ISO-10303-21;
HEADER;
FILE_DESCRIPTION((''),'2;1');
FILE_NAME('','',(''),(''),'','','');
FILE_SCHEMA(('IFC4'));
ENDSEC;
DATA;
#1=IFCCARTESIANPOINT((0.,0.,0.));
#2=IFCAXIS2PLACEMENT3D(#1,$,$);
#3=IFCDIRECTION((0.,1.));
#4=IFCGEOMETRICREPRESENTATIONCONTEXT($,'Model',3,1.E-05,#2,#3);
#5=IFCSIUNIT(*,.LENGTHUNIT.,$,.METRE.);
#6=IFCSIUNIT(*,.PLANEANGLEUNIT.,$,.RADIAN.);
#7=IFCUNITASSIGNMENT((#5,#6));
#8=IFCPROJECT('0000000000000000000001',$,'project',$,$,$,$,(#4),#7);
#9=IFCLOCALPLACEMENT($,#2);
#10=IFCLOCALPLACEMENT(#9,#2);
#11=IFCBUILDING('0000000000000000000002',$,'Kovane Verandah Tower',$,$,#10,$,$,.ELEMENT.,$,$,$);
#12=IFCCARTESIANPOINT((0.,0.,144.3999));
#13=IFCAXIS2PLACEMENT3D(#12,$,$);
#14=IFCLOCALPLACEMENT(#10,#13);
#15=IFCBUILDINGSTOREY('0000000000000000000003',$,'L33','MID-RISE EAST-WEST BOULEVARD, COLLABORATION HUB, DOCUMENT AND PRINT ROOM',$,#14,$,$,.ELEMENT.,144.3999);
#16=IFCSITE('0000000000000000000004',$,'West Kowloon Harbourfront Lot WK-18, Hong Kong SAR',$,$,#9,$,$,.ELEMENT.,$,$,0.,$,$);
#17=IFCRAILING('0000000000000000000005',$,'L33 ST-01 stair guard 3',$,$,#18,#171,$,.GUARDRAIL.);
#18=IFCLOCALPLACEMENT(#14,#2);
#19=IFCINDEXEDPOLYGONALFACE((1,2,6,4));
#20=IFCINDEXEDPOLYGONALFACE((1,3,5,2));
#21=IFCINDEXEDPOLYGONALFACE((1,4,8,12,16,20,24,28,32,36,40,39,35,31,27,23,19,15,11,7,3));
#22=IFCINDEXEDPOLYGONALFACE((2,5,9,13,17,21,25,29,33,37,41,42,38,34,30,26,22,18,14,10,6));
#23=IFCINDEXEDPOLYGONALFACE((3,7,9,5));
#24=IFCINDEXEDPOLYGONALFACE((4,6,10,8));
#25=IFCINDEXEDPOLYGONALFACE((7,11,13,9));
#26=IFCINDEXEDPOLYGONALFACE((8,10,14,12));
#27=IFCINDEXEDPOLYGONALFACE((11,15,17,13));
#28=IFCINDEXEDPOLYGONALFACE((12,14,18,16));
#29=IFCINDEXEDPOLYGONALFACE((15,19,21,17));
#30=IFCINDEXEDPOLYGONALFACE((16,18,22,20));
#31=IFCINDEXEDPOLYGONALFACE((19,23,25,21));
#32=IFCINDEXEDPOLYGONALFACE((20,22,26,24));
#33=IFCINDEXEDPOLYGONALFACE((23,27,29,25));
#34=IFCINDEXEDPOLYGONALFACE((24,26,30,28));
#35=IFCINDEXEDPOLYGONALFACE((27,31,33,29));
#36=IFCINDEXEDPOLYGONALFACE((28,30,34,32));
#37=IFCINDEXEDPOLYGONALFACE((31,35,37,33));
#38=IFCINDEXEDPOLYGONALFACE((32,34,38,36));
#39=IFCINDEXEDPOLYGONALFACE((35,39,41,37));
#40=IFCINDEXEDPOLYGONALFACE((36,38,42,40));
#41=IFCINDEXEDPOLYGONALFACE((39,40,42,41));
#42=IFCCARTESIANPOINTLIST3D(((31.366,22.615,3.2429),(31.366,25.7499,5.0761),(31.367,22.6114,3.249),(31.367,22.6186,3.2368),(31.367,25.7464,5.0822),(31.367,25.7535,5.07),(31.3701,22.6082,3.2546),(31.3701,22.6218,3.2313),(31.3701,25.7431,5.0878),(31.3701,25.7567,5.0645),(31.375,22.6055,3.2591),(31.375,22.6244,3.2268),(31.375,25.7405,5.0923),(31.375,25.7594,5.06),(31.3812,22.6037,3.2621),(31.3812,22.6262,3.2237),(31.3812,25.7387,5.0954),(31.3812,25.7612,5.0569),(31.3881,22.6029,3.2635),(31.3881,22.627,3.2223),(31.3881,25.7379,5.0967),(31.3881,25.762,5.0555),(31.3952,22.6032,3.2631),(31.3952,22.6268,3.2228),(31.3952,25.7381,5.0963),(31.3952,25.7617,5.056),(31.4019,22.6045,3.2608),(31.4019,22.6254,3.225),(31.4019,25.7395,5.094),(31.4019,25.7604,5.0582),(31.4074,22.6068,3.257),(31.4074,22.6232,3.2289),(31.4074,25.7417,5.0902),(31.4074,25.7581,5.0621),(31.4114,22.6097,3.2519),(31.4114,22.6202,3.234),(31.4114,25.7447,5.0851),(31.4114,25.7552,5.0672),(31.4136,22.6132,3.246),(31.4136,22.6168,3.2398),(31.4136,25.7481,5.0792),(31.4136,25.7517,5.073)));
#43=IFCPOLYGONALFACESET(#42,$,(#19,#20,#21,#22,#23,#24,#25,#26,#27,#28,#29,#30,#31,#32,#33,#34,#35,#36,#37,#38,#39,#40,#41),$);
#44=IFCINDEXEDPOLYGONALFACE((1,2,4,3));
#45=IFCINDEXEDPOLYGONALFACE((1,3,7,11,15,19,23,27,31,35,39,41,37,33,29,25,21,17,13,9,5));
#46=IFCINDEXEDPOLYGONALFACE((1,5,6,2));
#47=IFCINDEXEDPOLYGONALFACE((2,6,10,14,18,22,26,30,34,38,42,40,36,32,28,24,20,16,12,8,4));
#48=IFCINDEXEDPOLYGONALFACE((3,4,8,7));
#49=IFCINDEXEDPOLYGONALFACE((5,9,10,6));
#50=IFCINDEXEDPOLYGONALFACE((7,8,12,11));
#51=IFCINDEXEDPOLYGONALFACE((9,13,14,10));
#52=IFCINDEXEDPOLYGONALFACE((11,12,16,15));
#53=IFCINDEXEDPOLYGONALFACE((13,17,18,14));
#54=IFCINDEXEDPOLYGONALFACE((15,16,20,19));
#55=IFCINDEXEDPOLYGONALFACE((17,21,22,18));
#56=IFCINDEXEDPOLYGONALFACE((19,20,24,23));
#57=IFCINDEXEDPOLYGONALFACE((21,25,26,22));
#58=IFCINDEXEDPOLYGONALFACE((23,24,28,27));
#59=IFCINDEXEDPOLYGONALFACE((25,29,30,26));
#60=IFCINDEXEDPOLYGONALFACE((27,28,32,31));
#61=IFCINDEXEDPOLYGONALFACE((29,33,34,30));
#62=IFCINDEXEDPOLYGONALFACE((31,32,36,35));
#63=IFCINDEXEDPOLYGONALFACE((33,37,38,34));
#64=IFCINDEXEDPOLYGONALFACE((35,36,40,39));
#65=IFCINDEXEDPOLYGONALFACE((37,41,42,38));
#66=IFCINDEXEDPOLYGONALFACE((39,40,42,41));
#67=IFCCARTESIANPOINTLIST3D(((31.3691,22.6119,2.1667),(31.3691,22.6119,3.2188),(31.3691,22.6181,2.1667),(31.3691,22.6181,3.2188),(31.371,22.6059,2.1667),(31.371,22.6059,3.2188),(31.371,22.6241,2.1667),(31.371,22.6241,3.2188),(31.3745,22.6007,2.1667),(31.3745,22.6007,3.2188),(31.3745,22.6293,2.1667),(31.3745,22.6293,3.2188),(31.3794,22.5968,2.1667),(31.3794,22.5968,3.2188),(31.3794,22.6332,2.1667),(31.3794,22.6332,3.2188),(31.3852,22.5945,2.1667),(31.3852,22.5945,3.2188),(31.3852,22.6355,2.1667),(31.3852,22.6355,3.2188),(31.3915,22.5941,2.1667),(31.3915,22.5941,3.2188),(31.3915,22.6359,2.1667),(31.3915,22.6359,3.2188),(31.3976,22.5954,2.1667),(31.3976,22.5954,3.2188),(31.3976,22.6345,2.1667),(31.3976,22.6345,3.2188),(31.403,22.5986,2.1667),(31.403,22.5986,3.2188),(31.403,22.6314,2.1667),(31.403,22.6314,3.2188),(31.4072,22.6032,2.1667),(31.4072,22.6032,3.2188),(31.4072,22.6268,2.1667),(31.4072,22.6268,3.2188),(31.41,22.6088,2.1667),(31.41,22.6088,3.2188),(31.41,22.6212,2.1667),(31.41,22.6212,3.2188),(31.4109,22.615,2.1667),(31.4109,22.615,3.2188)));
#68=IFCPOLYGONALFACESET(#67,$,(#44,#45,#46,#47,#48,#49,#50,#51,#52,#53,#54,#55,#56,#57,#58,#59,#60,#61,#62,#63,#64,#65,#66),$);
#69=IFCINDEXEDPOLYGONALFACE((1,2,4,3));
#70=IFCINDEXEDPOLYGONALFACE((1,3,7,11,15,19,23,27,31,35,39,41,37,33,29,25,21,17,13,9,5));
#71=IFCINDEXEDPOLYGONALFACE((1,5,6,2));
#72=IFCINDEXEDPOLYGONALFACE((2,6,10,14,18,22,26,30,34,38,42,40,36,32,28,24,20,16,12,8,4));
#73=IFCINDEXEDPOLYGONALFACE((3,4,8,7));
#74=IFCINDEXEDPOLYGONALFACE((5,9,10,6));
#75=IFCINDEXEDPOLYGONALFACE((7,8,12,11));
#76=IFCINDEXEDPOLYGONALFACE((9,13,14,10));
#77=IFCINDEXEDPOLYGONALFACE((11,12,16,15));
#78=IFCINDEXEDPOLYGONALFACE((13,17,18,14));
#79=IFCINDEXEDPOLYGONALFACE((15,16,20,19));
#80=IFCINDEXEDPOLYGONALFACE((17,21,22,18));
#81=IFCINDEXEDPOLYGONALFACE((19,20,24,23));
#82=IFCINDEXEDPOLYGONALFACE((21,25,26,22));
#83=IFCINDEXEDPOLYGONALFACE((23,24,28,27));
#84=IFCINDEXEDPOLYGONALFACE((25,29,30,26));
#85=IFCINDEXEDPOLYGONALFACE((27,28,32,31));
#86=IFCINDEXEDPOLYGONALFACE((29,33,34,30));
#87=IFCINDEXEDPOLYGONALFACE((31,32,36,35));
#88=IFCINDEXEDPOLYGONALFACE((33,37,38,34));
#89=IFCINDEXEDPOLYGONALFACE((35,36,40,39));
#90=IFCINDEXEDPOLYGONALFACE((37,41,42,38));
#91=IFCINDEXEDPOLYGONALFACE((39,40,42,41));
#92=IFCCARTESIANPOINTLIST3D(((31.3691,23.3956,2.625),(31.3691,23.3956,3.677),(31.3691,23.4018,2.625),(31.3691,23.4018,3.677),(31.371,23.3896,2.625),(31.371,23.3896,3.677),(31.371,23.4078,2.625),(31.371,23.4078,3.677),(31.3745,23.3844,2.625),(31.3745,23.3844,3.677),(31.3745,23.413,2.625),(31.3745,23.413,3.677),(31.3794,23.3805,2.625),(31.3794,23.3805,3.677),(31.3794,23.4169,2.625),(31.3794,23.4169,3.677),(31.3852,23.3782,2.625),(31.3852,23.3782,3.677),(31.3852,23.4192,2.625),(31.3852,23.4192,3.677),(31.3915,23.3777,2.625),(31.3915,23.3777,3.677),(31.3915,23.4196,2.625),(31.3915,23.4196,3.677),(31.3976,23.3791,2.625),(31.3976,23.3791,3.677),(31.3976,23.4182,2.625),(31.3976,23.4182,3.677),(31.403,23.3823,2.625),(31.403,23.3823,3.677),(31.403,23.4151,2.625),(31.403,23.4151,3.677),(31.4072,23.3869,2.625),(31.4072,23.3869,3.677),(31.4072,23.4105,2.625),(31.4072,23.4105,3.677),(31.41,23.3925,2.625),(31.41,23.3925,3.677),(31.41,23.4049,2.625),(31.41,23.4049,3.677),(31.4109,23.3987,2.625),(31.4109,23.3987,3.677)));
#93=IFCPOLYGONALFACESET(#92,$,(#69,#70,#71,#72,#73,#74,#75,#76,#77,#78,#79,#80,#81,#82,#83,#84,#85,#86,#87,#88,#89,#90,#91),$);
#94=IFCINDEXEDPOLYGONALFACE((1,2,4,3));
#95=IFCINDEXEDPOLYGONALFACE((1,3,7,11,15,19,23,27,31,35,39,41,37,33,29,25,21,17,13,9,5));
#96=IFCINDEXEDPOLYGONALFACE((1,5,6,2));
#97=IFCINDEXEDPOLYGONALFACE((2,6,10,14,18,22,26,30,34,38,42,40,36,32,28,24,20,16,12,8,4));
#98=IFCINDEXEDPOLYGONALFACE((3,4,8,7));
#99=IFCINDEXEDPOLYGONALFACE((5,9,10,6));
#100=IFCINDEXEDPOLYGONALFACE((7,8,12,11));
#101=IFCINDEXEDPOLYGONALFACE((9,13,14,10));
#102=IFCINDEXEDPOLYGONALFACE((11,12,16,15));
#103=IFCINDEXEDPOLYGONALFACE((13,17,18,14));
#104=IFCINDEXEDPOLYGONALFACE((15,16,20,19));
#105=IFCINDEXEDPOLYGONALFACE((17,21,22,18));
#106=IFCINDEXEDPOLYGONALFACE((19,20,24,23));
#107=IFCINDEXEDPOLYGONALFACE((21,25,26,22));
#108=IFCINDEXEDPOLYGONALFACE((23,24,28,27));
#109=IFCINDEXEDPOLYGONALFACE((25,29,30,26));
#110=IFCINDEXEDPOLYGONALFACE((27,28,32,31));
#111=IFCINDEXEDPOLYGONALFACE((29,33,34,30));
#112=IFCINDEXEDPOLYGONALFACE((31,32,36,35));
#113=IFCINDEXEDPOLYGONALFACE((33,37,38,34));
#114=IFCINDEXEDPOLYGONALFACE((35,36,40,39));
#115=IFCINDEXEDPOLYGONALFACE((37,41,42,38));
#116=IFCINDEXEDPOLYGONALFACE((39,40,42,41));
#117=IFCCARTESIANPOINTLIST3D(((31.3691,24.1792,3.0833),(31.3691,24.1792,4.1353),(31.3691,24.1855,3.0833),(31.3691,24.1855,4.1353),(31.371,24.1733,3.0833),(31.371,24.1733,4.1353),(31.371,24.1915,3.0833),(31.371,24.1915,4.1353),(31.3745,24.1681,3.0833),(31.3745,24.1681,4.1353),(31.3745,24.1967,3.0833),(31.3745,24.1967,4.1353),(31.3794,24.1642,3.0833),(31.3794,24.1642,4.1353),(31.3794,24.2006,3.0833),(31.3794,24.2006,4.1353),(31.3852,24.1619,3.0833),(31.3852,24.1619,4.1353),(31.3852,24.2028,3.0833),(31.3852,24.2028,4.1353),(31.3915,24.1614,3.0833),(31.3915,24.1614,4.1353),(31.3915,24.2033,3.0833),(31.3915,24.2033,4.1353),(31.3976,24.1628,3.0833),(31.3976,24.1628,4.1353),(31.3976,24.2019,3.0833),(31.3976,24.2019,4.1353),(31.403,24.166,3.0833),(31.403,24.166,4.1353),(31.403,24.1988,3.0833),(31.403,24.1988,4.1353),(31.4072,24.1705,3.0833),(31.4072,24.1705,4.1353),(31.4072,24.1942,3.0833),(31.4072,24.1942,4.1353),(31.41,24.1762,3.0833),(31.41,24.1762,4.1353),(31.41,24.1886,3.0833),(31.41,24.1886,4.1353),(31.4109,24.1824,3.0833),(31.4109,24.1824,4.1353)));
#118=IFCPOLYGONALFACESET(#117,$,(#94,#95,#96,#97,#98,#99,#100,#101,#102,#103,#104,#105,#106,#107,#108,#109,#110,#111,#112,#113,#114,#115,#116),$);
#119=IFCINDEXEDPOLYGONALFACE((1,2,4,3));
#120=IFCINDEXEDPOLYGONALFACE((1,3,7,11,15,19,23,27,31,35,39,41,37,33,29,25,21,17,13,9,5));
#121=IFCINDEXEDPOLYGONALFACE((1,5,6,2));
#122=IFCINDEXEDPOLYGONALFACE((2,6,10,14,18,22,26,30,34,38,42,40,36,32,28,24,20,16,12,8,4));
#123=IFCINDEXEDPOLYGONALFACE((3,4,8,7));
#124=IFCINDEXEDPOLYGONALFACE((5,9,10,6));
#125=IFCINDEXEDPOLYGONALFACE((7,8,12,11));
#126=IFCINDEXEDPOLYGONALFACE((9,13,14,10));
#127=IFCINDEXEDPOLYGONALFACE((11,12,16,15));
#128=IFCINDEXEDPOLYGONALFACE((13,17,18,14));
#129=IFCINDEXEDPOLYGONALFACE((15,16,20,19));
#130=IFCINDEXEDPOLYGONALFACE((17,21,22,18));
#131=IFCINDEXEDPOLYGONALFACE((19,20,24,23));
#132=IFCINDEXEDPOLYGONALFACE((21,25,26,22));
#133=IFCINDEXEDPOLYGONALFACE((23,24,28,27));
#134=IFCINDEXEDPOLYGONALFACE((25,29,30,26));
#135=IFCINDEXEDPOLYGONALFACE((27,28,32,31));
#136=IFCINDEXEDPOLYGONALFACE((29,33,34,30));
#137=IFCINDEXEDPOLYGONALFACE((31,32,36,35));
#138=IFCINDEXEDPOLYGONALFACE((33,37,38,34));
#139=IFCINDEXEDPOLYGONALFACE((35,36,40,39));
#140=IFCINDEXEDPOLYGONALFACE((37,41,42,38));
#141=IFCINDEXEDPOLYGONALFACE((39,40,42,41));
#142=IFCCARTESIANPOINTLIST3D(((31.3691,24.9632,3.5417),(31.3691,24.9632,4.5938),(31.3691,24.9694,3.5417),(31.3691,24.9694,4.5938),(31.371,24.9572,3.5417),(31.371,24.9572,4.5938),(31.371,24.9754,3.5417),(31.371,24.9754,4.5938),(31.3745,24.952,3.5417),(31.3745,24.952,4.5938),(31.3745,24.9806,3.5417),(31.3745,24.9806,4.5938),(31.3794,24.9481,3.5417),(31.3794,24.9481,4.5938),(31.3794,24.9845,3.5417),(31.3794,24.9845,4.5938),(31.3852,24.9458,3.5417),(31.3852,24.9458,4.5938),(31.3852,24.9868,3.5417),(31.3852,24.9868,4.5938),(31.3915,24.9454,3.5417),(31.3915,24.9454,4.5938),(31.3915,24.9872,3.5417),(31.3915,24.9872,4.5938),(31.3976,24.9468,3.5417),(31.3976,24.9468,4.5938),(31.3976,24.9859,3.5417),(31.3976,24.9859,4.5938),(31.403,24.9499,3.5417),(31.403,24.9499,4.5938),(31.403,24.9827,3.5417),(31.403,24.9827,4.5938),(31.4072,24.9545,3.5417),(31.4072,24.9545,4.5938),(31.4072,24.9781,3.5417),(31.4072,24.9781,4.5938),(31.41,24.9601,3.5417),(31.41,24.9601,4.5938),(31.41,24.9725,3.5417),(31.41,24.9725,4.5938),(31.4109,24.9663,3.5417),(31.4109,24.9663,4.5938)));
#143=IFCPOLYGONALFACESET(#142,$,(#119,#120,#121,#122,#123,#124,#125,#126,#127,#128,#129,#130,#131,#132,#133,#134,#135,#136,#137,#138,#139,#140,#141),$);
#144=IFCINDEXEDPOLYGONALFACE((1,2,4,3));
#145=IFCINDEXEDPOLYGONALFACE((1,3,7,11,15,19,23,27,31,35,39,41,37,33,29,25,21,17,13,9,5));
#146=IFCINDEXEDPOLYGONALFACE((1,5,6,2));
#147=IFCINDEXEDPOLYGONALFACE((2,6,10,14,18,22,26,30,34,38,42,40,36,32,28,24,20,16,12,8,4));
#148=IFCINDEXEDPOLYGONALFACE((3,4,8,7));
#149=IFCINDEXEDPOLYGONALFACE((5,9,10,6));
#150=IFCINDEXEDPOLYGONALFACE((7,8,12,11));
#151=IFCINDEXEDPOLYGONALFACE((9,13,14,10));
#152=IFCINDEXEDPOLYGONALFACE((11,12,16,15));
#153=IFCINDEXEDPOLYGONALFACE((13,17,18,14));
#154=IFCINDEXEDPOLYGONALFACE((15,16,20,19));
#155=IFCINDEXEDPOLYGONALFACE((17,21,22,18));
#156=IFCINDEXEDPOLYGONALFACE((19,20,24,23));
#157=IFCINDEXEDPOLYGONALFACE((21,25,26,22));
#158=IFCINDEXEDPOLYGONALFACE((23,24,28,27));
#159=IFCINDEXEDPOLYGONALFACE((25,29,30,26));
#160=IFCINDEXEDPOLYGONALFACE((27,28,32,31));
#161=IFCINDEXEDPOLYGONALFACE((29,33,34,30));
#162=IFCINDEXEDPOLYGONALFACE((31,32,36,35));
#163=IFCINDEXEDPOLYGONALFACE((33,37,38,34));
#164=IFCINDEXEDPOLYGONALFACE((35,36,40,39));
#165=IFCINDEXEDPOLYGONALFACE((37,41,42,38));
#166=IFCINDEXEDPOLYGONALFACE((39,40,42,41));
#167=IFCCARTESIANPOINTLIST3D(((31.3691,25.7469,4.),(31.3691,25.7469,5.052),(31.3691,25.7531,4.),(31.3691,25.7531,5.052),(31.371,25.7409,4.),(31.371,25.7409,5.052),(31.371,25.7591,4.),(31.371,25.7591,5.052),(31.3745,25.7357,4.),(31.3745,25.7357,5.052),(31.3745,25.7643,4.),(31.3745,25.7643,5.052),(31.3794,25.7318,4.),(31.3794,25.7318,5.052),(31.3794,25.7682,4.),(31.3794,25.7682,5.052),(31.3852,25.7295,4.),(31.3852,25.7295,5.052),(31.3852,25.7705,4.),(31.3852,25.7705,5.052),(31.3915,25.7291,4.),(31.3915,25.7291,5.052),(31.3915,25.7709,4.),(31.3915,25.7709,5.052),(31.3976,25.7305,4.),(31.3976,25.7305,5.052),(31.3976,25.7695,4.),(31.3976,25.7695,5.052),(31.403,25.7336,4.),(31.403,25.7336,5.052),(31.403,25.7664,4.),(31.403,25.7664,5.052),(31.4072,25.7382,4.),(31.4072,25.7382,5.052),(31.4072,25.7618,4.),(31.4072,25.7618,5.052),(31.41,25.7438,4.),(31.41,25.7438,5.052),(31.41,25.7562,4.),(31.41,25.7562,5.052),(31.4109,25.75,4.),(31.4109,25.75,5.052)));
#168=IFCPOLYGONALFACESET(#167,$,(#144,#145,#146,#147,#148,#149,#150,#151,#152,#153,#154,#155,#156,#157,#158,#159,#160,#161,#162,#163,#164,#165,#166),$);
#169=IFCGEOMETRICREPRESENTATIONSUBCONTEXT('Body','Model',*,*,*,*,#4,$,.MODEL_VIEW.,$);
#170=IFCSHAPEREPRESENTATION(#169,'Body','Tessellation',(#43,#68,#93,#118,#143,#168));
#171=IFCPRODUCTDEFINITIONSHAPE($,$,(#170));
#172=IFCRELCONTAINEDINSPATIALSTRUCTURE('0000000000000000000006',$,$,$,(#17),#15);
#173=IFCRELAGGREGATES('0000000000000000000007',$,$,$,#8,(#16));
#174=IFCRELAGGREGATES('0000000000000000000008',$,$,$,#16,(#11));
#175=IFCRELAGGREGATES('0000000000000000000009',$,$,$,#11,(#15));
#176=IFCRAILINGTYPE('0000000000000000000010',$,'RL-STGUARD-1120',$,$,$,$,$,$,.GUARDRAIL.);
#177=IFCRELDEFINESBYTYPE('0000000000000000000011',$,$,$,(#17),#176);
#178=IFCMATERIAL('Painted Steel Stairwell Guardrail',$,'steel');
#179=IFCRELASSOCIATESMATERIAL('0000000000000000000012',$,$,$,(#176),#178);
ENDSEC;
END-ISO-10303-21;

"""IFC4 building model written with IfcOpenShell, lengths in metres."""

from ifc_helpers import new_model, si_unit, direction, frame, origin, origin_2d, place, context, subcontext, project, spatial, circle, extrude, material, type_object, element, save


model = new_model("IFC4")

# Units and contexts
model_context = context("Model", 3, precision=1e-05, world=origin(), true_north=direction((0.0, 1.0)))
body_context = subcontext(model_context, "Body", "Model", "MODEL_VIEW")
ifc_project = project(units=[si_unit("LENGTHUNIT", "METRE"), si_unit("PLANEANGLEUNIT", "RADIAN")], contexts=[model_context])

# Site, building, storey
site_placement = place(None, origin())
site = spatial("IfcSite", under=ifc_project, at=site_placement, Name="West Kowloon Harbourfront Lot WK-18, Hong Kong SAR", CompositionType="ELEMENT", RefElevation=0.0)
building_placement = place(site_placement, origin())
building = spatial("IfcBuilding", under=site, at=building_placement, Name="Kovane Verandah Tower", CompositionType="ELEMENT")
storey_placement = place(building_placement, frame((0.0, 0.0, 144.3999)))
storey = spatial("IfcBuildingStorey", under=building, at=storey_placement, Name="L33", Description="MID-RISE EAST-WEST BOULEVARD, COLLABORATION HUB, DOCUMENT AND PRINT ROOM", CompositionType="ELEMENT", Elevation=144.3999)

# Railing
ifc_material_1 = material(Name="Painted Steel Stairwell Guardrail", Category="steel")
railing_type_1 = type_object("IfcRailingType", Name="RL-STGUARD-1120", PredefinedType="GUARDRAIL", material=ifc_material_1)
railing_1_placement = place(storey_placement, frame((31.3899, 22.615, 2.1667)))
element("IfcRailing", 1, at=railing_1_placement, inside=storey, type_object=railing_type_1, Name="L33 ST-01 stair guard 3", PredefinedType="GUARDRAIL", context=body_context, shape_type="SweptSolid", body=[
    extrude(circle(Radius=0.0239, at=origin_2d()), frame((0.0, 0.0, 1.0762), z_axis=(0.0, 0.86324, 0.504794), x_axis=(-1.0, 0.0, 0.0)), (0.0, 0.0, 1.0), 3.6316),
    extrude(circle(Radius=0.021, at=origin_2d()), origin(), (0.0, 0.0, 1.0), 1.052),
    extrude(circle(Radius=0.021, at=origin_2d()), frame((0.0, 0.7837, 0.4583)), (0.0, 0.0, 1.0), 1.052),
    extrude(circle(Radius=0.021, at=origin_2d()), frame((0.0, 1.5674, 0.9165)), (0.0, 0.0, 1.0), 1.052),
    extrude(circle(Radius=0.021, at=origin_2d()), frame((0.0, 2.3513, 1.375)), (0.0, 0.0, 1.0), 1.052),
    extrude(circle(Radius=0.021, at=origin_2d()), frame((0.0, 3.135, 1.8333)), (0.0, 0.0, 1.0), 1.052),
])

save(model, "model.ifc")
